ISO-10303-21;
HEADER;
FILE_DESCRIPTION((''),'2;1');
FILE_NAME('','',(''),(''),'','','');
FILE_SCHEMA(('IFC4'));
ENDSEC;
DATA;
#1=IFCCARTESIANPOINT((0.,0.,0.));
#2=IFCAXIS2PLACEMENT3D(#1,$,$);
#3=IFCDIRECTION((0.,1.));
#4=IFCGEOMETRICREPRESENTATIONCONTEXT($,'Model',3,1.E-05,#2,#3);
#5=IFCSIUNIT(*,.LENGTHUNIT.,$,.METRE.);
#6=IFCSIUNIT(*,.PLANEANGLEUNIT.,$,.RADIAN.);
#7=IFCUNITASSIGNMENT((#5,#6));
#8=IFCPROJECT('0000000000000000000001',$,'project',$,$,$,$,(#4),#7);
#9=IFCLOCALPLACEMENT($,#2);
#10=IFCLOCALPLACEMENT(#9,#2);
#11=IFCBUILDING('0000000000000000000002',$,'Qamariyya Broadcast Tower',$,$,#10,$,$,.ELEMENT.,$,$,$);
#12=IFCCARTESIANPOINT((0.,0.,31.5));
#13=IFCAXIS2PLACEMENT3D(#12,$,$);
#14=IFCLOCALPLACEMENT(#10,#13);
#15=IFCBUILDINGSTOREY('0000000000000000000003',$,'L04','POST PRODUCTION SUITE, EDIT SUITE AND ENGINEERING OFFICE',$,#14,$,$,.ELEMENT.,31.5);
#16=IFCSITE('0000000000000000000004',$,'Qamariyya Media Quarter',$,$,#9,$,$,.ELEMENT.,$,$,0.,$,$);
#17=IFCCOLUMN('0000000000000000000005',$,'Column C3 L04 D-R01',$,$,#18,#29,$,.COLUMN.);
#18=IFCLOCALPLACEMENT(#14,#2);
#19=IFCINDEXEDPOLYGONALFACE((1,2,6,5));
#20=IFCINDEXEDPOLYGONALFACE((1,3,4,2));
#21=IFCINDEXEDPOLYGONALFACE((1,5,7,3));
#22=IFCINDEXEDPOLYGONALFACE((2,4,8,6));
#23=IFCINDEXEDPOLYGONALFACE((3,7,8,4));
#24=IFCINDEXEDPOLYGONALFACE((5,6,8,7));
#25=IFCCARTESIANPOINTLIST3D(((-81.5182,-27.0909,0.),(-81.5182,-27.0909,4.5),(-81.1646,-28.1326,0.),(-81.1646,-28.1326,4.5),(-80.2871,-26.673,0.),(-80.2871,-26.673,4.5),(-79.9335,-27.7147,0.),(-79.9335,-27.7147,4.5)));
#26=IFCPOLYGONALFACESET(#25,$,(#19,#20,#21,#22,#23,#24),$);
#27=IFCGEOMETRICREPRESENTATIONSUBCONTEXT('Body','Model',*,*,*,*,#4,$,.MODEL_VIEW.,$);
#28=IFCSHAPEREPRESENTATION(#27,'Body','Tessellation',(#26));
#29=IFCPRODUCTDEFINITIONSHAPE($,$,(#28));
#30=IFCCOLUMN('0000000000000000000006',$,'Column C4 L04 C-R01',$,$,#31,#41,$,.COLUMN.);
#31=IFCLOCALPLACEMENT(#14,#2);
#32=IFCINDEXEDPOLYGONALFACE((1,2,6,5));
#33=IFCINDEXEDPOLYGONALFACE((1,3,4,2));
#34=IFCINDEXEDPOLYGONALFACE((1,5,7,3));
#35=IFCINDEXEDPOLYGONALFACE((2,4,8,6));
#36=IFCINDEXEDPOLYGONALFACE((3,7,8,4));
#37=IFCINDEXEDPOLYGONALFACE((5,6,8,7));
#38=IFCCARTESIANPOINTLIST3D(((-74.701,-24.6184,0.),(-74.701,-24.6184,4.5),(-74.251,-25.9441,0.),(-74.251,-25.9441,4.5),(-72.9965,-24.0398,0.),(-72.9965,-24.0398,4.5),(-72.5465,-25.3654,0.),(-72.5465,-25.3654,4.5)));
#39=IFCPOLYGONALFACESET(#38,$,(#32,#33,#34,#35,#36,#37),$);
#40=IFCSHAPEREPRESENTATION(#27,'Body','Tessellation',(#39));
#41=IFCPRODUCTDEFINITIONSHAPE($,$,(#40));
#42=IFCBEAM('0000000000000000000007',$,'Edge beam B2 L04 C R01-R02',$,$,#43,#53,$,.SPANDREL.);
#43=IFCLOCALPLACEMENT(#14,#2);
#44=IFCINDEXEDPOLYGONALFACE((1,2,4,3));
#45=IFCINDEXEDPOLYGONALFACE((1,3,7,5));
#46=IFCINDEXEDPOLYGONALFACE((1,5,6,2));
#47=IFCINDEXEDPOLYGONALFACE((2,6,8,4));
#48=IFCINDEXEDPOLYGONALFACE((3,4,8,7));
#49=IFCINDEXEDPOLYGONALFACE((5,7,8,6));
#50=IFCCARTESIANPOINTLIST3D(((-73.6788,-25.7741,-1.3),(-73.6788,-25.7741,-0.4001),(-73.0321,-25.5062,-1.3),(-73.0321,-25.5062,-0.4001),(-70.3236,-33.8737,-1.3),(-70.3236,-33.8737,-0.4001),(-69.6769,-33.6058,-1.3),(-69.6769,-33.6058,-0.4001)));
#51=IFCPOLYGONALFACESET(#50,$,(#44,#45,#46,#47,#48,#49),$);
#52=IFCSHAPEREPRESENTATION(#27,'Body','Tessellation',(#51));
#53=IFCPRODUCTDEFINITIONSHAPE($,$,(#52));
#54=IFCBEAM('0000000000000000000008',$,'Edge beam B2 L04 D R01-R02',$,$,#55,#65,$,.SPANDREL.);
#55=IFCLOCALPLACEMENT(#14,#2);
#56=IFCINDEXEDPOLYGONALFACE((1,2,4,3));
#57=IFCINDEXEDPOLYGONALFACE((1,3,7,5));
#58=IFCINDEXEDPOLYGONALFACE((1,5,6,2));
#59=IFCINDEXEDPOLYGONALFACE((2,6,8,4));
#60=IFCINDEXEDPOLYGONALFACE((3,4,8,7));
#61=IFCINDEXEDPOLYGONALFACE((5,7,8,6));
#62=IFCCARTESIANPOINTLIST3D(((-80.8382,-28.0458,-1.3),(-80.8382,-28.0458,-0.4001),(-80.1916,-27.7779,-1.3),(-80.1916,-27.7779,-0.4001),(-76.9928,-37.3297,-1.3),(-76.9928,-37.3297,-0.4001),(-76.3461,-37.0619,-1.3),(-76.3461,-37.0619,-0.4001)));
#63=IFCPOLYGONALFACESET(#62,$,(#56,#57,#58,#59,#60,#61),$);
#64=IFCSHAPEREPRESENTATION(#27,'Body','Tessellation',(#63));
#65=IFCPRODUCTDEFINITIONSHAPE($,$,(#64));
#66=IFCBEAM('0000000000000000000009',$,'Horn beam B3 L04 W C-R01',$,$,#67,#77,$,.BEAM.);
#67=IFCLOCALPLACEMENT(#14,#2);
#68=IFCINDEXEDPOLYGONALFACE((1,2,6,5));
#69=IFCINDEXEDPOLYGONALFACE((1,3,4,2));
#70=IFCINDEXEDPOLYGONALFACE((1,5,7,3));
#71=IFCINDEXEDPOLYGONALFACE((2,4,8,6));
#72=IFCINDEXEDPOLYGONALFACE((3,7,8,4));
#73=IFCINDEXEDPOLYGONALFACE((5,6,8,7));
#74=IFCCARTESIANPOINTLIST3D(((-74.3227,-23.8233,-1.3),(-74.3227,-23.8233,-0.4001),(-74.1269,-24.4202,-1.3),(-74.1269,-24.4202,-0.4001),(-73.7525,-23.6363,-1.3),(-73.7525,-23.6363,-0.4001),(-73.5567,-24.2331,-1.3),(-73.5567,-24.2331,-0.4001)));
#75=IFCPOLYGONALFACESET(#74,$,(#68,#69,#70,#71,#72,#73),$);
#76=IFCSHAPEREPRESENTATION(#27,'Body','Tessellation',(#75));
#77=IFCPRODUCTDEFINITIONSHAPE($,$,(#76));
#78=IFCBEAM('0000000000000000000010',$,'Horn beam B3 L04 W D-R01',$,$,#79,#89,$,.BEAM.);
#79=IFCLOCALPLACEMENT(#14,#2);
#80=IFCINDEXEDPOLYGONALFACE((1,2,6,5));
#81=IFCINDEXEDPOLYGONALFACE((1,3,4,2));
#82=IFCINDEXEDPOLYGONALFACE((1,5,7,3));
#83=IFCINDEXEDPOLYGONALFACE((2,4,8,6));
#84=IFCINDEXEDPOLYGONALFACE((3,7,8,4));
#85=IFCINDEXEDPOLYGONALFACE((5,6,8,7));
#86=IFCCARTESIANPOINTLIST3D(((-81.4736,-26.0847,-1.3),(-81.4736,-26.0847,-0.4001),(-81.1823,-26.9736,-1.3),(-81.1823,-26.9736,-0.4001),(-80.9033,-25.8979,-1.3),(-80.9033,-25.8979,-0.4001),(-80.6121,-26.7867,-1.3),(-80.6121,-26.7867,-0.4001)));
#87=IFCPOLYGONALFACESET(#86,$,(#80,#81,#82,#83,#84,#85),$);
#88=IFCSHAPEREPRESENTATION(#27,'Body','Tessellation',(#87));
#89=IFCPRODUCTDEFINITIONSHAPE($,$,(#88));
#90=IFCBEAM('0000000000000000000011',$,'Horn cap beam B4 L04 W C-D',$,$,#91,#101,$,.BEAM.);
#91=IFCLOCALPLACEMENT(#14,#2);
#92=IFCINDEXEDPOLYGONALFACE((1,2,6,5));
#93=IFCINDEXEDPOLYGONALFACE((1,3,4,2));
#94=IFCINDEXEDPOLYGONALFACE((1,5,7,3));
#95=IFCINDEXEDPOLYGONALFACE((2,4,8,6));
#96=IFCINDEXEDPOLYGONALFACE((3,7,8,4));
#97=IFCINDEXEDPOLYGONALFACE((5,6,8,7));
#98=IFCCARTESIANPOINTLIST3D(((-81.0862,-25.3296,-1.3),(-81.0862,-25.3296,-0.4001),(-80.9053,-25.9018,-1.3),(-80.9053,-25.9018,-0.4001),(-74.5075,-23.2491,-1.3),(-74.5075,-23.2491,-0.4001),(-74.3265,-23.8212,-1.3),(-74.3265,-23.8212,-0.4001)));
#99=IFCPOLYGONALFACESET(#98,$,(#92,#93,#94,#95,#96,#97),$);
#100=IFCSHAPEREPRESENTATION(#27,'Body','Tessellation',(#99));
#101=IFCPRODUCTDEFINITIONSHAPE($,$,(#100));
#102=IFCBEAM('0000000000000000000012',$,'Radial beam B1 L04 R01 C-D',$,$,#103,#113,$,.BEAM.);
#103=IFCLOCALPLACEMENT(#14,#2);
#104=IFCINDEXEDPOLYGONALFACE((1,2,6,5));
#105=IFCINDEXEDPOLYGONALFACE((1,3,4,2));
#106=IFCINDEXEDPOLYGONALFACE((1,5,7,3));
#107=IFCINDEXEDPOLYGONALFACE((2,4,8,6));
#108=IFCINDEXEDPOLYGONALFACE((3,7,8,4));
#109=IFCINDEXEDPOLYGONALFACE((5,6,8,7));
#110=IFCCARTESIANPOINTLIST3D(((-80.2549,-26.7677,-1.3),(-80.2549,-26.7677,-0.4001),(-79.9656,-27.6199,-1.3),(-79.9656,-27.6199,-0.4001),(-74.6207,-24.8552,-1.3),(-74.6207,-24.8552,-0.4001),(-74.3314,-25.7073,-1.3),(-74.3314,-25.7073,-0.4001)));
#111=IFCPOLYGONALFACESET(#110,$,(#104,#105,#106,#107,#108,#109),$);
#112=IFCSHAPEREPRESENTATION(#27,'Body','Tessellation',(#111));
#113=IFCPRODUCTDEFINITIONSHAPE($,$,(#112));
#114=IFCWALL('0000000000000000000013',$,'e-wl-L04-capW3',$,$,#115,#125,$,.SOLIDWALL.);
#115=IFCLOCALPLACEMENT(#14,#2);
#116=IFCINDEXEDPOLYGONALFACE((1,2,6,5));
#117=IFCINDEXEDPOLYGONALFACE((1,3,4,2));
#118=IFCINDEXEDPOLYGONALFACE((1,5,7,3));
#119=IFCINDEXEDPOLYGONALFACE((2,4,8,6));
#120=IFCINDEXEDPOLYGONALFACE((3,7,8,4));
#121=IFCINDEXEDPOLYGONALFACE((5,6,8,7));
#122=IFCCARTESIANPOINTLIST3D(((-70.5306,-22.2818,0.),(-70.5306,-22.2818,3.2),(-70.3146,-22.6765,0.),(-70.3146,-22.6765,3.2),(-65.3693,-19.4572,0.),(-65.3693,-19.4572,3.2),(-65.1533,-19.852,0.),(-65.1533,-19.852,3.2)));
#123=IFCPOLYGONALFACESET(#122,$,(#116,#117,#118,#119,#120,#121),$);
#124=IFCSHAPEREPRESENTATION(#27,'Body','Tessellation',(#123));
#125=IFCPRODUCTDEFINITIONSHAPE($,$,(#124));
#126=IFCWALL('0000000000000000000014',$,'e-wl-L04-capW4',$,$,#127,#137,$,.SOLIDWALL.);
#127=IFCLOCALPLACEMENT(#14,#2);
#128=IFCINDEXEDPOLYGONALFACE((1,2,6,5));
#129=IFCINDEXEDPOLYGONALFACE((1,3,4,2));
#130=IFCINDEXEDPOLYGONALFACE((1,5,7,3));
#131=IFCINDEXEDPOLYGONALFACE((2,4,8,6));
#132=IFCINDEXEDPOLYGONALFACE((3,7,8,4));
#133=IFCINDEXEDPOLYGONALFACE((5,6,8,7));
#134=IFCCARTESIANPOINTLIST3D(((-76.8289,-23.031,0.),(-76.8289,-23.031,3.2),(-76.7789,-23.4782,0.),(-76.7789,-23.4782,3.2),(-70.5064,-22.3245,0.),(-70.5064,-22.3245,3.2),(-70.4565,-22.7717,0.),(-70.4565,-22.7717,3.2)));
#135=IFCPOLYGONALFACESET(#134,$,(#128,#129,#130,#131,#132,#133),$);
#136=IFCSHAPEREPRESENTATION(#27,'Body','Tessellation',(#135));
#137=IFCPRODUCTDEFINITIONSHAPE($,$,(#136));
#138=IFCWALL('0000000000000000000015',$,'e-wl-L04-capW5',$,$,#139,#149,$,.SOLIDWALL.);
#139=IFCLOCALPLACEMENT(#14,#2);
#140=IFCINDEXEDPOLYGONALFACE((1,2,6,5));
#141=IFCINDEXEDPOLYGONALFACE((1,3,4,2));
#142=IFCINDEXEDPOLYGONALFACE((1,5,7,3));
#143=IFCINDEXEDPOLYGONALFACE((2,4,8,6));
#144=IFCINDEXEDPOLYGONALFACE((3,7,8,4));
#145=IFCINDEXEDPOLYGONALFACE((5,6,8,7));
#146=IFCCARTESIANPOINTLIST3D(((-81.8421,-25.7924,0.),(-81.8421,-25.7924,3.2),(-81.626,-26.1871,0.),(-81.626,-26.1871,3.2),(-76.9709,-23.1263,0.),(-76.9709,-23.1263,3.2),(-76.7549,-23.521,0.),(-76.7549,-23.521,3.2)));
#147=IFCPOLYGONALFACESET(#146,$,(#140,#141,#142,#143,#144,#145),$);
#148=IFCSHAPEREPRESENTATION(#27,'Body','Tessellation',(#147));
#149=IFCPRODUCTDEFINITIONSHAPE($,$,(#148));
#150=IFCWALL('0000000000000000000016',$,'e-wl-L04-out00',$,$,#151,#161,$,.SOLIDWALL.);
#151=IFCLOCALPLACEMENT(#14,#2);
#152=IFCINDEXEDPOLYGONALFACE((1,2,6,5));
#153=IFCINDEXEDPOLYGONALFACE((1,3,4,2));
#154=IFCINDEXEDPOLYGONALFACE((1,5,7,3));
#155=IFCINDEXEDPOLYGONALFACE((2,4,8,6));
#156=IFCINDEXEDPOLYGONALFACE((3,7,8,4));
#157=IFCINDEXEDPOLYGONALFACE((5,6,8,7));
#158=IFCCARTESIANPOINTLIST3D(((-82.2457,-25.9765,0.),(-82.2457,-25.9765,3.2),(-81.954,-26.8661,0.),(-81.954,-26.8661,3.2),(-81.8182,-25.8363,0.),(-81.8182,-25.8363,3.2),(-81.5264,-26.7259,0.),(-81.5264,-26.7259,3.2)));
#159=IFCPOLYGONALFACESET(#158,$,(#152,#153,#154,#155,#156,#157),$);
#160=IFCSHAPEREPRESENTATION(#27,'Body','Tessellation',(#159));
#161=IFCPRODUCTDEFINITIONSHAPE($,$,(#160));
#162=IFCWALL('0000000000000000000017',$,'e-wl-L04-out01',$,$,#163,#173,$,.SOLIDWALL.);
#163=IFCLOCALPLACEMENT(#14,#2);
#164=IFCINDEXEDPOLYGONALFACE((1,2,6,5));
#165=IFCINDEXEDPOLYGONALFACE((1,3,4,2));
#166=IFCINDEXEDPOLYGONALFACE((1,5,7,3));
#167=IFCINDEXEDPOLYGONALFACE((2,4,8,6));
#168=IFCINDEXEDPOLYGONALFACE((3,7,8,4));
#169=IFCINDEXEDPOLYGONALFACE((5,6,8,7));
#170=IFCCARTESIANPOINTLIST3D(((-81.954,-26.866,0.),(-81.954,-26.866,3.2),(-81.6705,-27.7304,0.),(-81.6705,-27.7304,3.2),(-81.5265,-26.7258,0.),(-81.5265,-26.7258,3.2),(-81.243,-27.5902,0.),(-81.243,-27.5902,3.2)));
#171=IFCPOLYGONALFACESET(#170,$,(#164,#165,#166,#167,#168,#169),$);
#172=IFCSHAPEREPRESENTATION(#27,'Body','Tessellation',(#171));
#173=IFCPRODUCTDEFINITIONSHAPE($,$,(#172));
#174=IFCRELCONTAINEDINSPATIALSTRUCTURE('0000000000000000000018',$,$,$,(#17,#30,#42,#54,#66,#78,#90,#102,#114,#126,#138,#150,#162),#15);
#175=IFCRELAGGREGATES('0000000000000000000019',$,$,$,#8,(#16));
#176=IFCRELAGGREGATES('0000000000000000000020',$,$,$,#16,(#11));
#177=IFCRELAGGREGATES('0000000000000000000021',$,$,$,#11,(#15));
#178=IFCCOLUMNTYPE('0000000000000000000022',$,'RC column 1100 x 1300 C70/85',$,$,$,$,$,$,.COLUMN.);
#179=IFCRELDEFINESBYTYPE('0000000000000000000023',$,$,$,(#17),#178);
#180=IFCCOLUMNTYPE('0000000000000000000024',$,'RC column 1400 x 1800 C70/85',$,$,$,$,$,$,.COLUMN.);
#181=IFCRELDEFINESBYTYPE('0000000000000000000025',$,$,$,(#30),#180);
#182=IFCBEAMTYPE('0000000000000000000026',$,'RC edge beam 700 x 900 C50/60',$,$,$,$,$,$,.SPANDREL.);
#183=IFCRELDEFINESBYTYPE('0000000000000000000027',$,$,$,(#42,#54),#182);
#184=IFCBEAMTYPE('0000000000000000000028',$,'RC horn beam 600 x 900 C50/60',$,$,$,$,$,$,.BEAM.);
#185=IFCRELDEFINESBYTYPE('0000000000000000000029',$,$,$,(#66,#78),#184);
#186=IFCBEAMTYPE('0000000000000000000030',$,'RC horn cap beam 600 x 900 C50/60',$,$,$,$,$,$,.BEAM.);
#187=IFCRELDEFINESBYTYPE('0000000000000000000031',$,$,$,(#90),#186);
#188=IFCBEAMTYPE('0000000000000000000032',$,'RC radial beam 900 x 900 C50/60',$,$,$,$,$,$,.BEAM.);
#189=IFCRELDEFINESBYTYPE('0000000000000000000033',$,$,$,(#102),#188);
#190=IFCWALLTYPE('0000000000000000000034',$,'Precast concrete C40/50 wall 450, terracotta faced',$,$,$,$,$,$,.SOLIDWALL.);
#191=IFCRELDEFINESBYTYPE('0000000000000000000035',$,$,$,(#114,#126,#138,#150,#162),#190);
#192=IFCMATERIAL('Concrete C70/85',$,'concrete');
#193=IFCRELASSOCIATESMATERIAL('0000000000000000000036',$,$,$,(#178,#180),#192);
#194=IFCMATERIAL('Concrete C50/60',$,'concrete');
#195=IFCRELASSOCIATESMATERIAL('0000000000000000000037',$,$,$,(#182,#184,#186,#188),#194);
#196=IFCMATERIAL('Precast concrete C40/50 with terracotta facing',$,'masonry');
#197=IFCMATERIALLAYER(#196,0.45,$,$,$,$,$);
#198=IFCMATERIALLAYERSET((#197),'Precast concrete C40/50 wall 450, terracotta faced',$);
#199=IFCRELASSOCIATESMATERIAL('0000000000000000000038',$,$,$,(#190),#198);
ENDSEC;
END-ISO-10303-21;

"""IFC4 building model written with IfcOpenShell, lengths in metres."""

from ifc_helpers import new_model, si_unit, direction, frame, frame_2d, origin, origin_2d, place, context, subcontext, project, spatial, rectangle, extrude, material, layer, layer_set, material_profile, profile_set, type_object, element, save


model = new_model("IFC4")

# Units and contexts
model_context = context("Model", 3, precision=1e-05, world=origin(), true_north=direction((0.0, 1.0)))
body_context = subcontext(model_context, "Body", "Model", "MODEL_VIEW")
ifc_project = project(units=[si_unit("LENGTHUNIT", "METRE"), si_unit("PLANEANGLEUNIT", "RADIAN")], contexts=[model_context])

# Site, building, storey
site_placement = place(None, origin())
site = spatial("IfcSite", under=ifc_project, at=site_placement, Name="Qamariyya Media Quarter", CompositionType="ELEMENT", RefElevation=0.0)
building_placement = place(site_placement, origin())
building = spatial("IfcBuilding", under=site, at=building_placement, Name="Qamariyya Broadcast Tower", CompositionType="ELEMENT")
storey_placement = place(building_placement, frame((0.0, 0.0, 31.5)))
storey = spatial("IfcBuildingStorey", under=building, at=storey_placement, Name="L04", Description="POST PRODUCTION SUITE, EDIT SUITE AND ENGINEERING OFFICE", CompositionType="ELEMENT", Elevation=31.5)

# Columns
ifc_material_1 = material(Name="Concrete C70/85", Category="concrete")
ifc_material_profile_1 = material_profile(ifc_material_1, rectangle(XDim=1.1001, YDim=1.3, at=origin_2d()))
ifc_profile_set_1 = profile_set([ifc_material_profile_1], Name="Concrete C70/85")
column_type_1 = type_object("IfcColumnType", Name="RC column 1100 x 1300 C70/85", PredefinedType="COLUMN", material=ifc_profile_set_1)
column_1_placement = place(storey_placement, frame((-80.7258, -27.4028, 0.0), z_axis=(0.0, 0.0, 1.0), x_axis=(0.321439, -0.94693, 0.0)))
element("IfcColumn", 1, at=column_1_placement, inside=storey, type_object=column_type_1, Name="Column C3 L04 D-R01", PredefinedType="COLUMN", context=body_context, shape_type="SweptSolid", body=[
    extrude(rectangle(XDim=1.1001, YDim=1.3, at=origin_2d()), origin(), (0.0, 0.0, 1.0), 4.5),
])
ifc_material_profile_2 = material_profile(ifc_material_1, rectangle(XDim=1.3999, YDim=1.8, at=origin_2d()))
ifc_profile_set_2 = profile_set([ifc_material_profile_2], Name="Concrete C70/85")
column_type_2 = type_object("IfcColumnType", Name="RC column 1400 x 1800 C70/85", PredefinedType="COLUMN", material=ifc_profile_set_2)
column_2_placement = place(storey_placement, frame((-73.6238, -24.9919, 0.0), z_axis=(0.0, 0.0, 1.0), x_axis=(0.321439, -0.94693, 0.0)))
element("IfcColumn", 2, at=column_2_placement, inside=storey, type_object=column_type_2, Name="Column C4 L04 C-R01", PredefinedType="COLUMN", context=body_context, shape_type="SweptSolid", body=[
    extrude(rectangle(XDim=1.3999, YDim=1.8, at=origin_2d()), origin(), (0.0, 0.0, 1.0), 4.5),
])

# Beams
ifc_material_2 = material(Name="Concrete C50/60", Category="concrete")
ifc_material_profile_3 = material_profile(ifc_material_2, rectangle(XDim=0.7, YDim=0.8999, at=origin_2d()))
ifc_profile_set_3 = profile_set([ifc_material_profile_3], Name="Concrete C50/60")
beam_type_1 = type_object("IfcBeamType", Name="RC edge beam 700 x 900 C50/60", PredefinedType="SPANDREL", material=ifc_profile_set_3)
beam_1_placement = place(storey_placement, frame((-73.3555, -25.6401, -0.8501), z_axis=(0.382708, -0.923869, 0.0), x_axis=(0.923869, 0.382708, 0.0)))
element("IfcBeam", 3, at=beam_1_placement, inside=storey, type_object=beam_type_1, Name="Edge beam B2 L04 C R01-R02", PredefinedType="SPANDREL", context=body_context, shape_type="SweptSolid", body=[
    extrude(rectangle(XDim=0.7, YDim=0.8999, at=origin_2d()), origin(), (0.0, 0.0, 1.0), 8.7671),
])
beam_2_placement = place(storey_placement, frame((-80.5149, -27.9119, -0.8501), z_axis=(0.382677, -0.923882, 0.0), x_axis=(0.923882, 0.382677, 0.0)))
element("IfcBeam", 4, at=beam_2_placement, inside=storey, type_object=beam_type_1, Name="Edge beam B2 L04 D R01-R02", PredefinedType="SPANDREL", context=body_context, shape_type="SweptSolid", body=[
    extrude(rectangle(XDim=0.7, YDim=0.8999, at=origin_2d()), origin(), (0.0, 0.0, 1.0), 10.0488),
])
ifc_material_profile_4 = material_profile(ifc_material_2, rectangle(XDim=0.6001, YDim=0.8999, at=origin_2d()))
ifc_profile_set_4 = profile_set([ifc_material_profile_4], Name="Concrete C50/60")
beam_type_2 = type_object("IfcBeamType", Name="RC horn beam 600 x 900 C50/60", PredefinedType="BEAM", material=ifc_profile_set_4)
beam_3_placement = place(storey_placement, frame((-73.8418, -24.3267, -0.8501), z_axis=(-0.311677, 0.950188, 0.0), x_axis=(-0.950188, -0.311677, 0.0)))
element("IfcBeam", 5, at=beam_3_placement, inside=storey, type_object=beam_type_2, Name="Horn beam B3 L04 W C-R01", PredefinedType="BEAM", context=body_context, shape_type="SweptSolid", body=[
    extrude(rectangle(XDim=0.6001, YDim=0.8999, at=origin_2d()), origin(), (0.0, 0.0, 1.0), 0.6282),
])
beam_4_placement = place(storey_placement, frame((-80.8972, -26.8801, -0.8501), z_axis=(-0.311369, 0.950289, 0.0), x_axis=(-0.950289, -0.311369, 0.0)))
element("IfcBeam", 6, at=beam_4_placement, inside=storey, type_object=beam_type_2, Name="Horn beam B3 L04 W D-R01", PredefinedType="BEAM", context=body_context, shape_type="SweptSolid", body=[
    extrude(rectangle(XDim=0.6001, YDim=0.8999, at=origin_2d()), origin(), (0.0, 0.0, 1.0), 0.9353),
])
ifc_material_profile_5 = material_profile(ifc_material_2, rectangle(XDim=0.6001, YDim=0.8999, at=origin_2d()))
ifc_profile_set_5 = profile_set([ifc_material_profile_5], Name="Concrete C50/60")
beam_type_3 = type_object("IfcBeamType", Name="RC horn cap beam 600 x 900 C50/60", PredefinedType="BEAM", material=ifc_profile_set_5)
beam_5_placement = place(storey_placement, frame((-74.417, -23.5352, -0.8501), z_axis=(-0.953456, -0.301531, 0.0), x_axis=(0.301531, -0.953456, 0.0)))
element("IfcBeam", 7, at=beam_5_placement, inside=storey, type_object=beam_type_3, Name="Horn cap beam B4 L04 W C-D", PredefinedType="BEAM", context=body_context, shape_type="SweptSolid", body=[
    extrude(rectangle(XDim=0.6001, YDim=0.8999, at=origin_2d()), origin(), (0.0, 0.0, 1.0), 6.8999),
])
ifc_material_profile_6 = material_profile(ifc_material_2, rectangle(XDim=0.8999, YDim=0.8999, at=origin_2d()))
ifc_profile_set_6 = profile_set([ifc_material_profile_6], Name="Concrete C50/60")
beam_type_4 = type_object("IfcBeamType", Name="RC radial beam 900 x 900 C50/60", PredefinedType="BEAM", material=ifc_profile_set_6)
beam_6_placement = place(storey_placement, frame((-74.4761, -25.2812, -0.8501), z_axis=(-0.946929, -0.321442, 0.0), x_axis=(0.321442, -0.946929, 0.0)))
element("IfcBeam", 8, at=beam_6_placement, inside=storey, type_object=beam_type_4, Name="Radial beam B1 L04 R01 C-D", PredefinedType="BEAM", context=body_context, shape_type="SweptSolid", body=[
    extrude(rectangle(XDim=0.8999, YDim=0.8999, at=origin_2d()), origin(), (0.0, 0.0, 1.0), 5.95),
])

# Walls
ifc_material_3 = material(Name="Precast concrete C40/50 with terracotta facing", Category="masonry")
ifc_layer = layer(ifc_material_3, 0.45)
ifc_layer_set = layer_set([ifc_layer], Name="Precast concrete C40/50 wall 450, terracotta faced")
wall_type = type_object("IfcWallType", Name="Precast concrete C40/50 wall 450, terracotta faced", PredefinedType="SOLIDWALL", material=ifc_layer_set)
wall_1_placement = place(storey_placement, frame((-65.2612, -19.6545, 0.0), z_axis=(0.0, 0.0, 1.0), x_axis=(-0.87723, -0.48007, 0.0)))
element("IfcWall", 9, at=wall_1_placement, inside=storey, type_object=wall_type, Name="e-wl-L04-capW3", PredefinedType="SOLIDWALL", context=body_context, shape_type="SweptSolid", body=[
    extrude(rectangle(XDim=5.8835, YDim=0.45, at=frame_2d((2.9419, 0.0))), origin(), (0.0, 0.0, 1.0), 3.2),
])
wall_2_placement = place(storey_placement, frame((-70.4814, -22.5481, 0.0), z_axis=(0.0, 0.0, 1.0), x_axis=(-0.993814, -0.111059, 0.0)))
element("IfcWall", 10, at=wall_2_placement, inside=storey, type_object=wall_type, Name="e-wl-L04-capW4", PredefinedType="SOLIDWALL", context=body_context, shape_type="SweptSolid", body=[
    extrude(rectangle(XDim=6.3618, YDim=0.45, at=frame_2d((3.1809, 0.0))), origin(), (0.0, 0.0, 1.0), 3.2),
])
wall_3_placement = place(storey_placement, frame((-76.863, -23.3237, 0.0), z_axis=(0.0, 0.0, 1.0), x_axis=(-0.877209, -0.480108, 0.0)))
element("IfcWall", 11, at=wall_3_placement, inside=storey, type_object=wall_type, Name="e-wl-L04-capW5", PredefinedType="SOLIDWALL", context=body_context, shape_type="SweptSolid", body=[
    extrude(rectangle(XDim=5.553, YDim=0.45, at=frame_2d((2.7764, 0.0))), origin(), (0.0, 0.0, 1.0), 3.2),
])
wall_4_placement = place(storey_placement, frame((-82.032, -25.9062, 0.0), z_axis=(0.0, 0.0, 1.0), x_axis=(0.311609, -0.950211, 0.0)))
element("IfcWall", 12, at=wall_4_placement, inside=storey, type_object=wall_type, Name="e-wl-L04-out00", PredefinedType="SOLIDWALL", context=body_context, shape_type="SweptSolid", body=[
    extrude(rectangle(XDim=0.9363, YDim=0.45, at=frame_2d((0.4683, 0.0))), origin(), (0.0, 0.0, 1.0), 3.2),
])
wall_5_placement = place(storey_placement, frame((-81.7402, -26.7959, 0.0), z_axis=(0.0, 0.0, 1.0), x_axis=(0.311634, -0.950202, 0.0)))
element("IfcWall", 13, at=wall_5_placement, inside=storey, type_object=wall_type, Name="e-wl-L04-out01", PredefinedType="SOLIDWALL", context=body_context, shape_type="SweptSolid", body=[
    extrude(rectangle(XDim=0.9097, YDim=0.45, at=frame_2d((0.4548, 0.0))), origin(), (0.0, 0.0, 1.0), 3.2),
])

save(model, "model.ifc")
